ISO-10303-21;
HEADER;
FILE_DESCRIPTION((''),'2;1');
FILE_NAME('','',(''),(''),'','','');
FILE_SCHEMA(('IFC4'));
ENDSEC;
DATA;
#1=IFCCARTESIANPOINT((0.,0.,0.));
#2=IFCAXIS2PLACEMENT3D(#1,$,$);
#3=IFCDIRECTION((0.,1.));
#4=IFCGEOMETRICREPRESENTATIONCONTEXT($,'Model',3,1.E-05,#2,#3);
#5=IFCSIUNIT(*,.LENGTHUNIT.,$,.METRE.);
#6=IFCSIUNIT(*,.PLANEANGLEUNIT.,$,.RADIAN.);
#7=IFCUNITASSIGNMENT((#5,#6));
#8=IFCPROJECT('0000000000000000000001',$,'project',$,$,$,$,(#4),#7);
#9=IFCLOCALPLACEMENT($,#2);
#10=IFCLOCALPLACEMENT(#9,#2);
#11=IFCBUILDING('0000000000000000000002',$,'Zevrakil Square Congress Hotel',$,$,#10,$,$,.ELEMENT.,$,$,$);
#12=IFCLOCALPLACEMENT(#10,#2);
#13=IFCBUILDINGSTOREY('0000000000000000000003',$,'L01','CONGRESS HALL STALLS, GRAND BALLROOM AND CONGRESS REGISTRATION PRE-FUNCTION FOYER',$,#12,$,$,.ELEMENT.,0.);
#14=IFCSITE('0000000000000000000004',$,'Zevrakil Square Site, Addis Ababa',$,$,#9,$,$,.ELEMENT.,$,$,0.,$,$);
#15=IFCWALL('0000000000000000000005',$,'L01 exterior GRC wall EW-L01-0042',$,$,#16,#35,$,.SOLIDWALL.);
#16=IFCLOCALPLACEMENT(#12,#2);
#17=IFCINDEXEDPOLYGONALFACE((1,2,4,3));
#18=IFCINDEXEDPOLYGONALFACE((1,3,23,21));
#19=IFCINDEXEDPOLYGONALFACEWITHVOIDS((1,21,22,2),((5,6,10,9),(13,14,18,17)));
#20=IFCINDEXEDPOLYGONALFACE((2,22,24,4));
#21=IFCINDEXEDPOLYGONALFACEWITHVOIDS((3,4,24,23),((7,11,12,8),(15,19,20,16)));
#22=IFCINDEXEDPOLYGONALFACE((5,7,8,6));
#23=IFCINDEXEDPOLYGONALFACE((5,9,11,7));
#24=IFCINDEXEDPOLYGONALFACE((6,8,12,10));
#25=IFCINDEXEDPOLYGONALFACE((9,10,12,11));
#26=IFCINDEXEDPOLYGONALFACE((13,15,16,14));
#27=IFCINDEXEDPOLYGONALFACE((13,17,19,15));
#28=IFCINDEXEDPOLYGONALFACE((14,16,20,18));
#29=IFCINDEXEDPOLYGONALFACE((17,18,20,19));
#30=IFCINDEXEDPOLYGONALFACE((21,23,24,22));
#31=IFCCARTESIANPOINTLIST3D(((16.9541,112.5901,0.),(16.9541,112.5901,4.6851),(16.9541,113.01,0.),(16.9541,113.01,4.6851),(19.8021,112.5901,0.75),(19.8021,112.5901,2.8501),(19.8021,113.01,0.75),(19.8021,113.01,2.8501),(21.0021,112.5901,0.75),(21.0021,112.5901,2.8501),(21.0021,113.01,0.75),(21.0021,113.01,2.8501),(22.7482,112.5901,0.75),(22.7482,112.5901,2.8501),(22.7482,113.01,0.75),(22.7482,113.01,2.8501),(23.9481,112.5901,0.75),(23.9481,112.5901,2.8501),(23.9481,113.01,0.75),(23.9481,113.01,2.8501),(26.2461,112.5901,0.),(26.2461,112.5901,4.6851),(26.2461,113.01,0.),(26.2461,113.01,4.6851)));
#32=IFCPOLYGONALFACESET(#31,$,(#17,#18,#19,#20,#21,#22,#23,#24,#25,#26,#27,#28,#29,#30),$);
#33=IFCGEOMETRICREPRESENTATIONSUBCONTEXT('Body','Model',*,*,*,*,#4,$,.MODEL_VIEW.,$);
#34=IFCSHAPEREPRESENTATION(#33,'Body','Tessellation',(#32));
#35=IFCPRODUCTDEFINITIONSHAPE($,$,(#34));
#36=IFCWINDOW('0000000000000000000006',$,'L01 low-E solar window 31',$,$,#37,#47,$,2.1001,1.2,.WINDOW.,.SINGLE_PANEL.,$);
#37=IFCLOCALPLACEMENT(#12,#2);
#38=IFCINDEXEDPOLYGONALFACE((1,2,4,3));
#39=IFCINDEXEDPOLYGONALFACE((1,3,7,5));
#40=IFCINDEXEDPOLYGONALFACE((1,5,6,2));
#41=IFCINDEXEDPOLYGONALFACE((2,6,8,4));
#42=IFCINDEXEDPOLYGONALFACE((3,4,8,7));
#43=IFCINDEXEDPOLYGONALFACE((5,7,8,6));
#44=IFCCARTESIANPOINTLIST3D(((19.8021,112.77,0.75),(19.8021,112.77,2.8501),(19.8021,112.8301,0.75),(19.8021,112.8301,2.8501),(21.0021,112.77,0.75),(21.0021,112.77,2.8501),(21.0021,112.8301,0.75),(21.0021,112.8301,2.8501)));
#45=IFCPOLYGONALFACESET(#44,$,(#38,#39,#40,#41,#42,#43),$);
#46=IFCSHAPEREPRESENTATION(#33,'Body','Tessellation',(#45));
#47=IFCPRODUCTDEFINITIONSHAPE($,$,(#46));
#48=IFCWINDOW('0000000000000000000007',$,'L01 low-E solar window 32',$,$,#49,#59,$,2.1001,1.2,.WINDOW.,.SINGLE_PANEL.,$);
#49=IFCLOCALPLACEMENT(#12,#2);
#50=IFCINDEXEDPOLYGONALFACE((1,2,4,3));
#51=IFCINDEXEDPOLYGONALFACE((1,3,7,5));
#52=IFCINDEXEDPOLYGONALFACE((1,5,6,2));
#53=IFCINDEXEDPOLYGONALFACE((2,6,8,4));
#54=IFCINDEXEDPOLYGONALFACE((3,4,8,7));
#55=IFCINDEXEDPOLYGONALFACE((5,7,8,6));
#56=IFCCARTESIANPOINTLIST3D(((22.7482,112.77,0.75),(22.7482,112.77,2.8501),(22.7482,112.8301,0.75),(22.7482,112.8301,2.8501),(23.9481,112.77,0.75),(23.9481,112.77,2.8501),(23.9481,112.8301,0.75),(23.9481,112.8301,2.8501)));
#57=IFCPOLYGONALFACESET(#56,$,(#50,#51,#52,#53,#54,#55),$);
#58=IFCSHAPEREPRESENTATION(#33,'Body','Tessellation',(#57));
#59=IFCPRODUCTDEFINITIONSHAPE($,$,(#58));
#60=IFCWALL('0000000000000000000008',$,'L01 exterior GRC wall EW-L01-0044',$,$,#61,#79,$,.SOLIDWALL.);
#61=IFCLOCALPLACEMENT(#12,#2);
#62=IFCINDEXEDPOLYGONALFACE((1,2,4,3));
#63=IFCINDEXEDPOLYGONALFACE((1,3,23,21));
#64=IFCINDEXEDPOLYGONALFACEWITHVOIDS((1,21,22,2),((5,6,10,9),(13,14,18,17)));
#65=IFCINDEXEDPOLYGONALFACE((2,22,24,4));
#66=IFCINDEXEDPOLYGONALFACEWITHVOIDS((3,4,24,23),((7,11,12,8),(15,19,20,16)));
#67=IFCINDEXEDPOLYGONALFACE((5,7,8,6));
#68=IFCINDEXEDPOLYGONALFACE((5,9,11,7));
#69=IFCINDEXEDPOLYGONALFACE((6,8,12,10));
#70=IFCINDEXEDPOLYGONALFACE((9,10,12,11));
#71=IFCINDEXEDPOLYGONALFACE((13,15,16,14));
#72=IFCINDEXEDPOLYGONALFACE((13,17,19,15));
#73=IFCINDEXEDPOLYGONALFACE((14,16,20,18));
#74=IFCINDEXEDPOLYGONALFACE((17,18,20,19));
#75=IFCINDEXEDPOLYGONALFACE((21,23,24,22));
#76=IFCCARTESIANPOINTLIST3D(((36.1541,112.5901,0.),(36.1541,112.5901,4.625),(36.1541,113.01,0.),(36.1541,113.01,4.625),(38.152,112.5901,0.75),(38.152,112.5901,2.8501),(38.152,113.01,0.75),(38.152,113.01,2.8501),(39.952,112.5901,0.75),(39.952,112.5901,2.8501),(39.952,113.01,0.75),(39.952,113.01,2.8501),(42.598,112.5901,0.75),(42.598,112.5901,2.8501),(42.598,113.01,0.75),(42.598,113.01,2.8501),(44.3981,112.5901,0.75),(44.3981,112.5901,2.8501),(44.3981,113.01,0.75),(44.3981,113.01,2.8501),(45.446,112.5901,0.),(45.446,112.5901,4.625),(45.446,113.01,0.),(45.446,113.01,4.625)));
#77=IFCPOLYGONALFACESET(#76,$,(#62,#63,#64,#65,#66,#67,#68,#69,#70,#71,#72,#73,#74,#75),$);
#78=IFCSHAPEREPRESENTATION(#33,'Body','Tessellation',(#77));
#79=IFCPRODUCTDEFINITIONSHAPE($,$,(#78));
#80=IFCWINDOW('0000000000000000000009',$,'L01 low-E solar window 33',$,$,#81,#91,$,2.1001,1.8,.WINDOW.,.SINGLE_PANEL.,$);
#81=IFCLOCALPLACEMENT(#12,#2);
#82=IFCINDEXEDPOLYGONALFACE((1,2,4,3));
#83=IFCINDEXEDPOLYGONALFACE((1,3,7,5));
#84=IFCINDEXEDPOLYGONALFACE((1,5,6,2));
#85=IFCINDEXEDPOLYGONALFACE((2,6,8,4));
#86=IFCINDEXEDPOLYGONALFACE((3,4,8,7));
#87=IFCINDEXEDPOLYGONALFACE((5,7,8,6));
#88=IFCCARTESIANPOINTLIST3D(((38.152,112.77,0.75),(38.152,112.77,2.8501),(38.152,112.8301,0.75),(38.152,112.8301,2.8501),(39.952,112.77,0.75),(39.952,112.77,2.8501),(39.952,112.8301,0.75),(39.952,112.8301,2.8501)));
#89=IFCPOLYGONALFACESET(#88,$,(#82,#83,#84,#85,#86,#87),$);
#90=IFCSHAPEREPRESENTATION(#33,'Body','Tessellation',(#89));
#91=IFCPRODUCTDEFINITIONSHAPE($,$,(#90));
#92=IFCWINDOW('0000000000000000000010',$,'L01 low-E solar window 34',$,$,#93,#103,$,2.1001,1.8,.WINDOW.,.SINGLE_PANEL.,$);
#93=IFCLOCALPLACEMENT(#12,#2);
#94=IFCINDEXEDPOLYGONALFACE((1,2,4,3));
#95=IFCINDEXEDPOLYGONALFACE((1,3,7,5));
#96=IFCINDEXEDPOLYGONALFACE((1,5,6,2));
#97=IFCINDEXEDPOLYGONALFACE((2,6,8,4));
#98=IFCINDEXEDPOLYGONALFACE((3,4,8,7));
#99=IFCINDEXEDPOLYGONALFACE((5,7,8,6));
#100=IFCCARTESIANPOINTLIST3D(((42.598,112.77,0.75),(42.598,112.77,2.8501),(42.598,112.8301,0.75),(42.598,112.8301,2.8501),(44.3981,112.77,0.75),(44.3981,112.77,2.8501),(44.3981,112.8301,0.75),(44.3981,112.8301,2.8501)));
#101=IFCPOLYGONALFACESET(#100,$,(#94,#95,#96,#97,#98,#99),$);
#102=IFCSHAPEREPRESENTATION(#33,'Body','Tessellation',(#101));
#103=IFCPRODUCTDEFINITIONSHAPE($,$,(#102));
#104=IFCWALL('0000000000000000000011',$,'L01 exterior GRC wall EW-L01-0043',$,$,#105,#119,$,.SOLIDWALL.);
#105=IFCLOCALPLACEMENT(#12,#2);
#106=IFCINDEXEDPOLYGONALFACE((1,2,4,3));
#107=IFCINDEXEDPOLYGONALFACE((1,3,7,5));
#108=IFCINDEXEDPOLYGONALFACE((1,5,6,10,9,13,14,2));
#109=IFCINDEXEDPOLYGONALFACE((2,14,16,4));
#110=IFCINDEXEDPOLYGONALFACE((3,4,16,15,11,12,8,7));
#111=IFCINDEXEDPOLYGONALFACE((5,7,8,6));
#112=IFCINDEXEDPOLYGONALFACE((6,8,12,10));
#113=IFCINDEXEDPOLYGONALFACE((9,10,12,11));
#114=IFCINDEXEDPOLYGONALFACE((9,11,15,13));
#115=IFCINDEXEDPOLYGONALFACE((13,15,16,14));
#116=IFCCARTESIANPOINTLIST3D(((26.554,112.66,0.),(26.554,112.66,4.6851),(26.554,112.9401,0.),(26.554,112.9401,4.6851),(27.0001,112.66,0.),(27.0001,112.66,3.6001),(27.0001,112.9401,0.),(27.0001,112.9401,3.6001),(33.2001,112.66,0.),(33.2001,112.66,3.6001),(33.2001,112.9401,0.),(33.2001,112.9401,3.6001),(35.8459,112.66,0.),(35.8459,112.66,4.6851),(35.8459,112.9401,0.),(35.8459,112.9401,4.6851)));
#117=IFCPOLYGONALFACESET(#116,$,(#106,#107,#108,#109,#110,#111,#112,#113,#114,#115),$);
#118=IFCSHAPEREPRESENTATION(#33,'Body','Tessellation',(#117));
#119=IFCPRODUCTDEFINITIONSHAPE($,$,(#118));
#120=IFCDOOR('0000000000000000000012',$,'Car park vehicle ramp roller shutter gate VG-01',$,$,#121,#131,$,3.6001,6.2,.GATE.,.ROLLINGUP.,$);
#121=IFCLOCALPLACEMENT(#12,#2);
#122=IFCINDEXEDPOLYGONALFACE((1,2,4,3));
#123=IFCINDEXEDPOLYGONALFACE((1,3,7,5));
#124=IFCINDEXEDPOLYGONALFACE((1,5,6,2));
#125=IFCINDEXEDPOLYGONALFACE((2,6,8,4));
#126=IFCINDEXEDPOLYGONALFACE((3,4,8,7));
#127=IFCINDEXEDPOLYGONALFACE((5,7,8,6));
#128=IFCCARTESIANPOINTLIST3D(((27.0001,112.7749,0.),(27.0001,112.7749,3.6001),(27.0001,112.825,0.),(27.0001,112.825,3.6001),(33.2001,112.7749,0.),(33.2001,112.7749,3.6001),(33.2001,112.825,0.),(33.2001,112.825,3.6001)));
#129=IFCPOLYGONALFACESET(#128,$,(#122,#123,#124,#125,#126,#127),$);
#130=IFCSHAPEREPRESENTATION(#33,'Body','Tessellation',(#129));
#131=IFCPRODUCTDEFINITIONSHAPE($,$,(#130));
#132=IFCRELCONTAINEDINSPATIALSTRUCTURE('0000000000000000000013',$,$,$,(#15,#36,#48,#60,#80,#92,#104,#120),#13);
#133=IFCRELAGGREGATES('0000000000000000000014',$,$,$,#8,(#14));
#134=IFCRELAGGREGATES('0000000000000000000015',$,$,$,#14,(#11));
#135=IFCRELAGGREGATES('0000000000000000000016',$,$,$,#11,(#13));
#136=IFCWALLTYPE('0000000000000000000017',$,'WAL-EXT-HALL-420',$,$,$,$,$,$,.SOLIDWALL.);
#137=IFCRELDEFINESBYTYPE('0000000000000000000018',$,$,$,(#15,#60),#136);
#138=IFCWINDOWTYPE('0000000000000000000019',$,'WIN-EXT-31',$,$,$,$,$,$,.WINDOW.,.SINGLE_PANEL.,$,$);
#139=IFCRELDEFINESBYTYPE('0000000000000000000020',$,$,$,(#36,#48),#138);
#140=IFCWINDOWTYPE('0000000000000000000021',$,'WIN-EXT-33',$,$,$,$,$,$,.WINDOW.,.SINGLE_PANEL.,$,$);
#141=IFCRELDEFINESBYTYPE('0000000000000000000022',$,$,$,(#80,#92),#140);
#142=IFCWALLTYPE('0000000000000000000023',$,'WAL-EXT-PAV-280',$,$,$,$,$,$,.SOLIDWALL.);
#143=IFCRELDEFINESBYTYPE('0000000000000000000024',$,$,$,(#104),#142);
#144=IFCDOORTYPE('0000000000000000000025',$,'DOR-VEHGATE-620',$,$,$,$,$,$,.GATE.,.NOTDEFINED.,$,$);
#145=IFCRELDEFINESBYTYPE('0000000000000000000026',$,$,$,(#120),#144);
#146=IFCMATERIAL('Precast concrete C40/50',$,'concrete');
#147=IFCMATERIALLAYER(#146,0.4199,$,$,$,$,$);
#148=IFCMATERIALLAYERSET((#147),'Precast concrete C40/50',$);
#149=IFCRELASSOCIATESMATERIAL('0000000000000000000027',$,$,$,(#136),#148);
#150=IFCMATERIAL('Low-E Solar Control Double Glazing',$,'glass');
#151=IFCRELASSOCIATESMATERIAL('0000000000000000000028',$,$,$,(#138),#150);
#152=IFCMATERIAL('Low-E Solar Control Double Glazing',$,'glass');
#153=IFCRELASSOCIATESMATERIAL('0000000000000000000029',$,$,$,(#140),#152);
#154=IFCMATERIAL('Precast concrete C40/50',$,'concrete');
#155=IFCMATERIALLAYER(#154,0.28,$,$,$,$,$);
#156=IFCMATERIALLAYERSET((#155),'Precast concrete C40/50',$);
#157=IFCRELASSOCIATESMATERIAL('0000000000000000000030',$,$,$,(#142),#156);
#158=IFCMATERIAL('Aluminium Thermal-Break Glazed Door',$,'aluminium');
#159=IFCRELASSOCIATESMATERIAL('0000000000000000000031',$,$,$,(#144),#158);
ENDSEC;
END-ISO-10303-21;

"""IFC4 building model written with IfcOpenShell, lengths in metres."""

from ifc_helpers import new_model, si_unit, direction, frame, frame_2d, origin, place, context, subcontext, project, spatial, rectangle, extrude, material, layer, layer_set, type_object, element, fill, save


model = new_model("IFC4")

# Units and contexts
model_context = context("Model", 3, precision=1e-05, world=origin(), true_north=direction((0.0, 1.0)))
body_context = subcontext(model_context, "Body", "Model", "MODEL_VIEW")
ifc_project = project(units=[si_unit("LENGTHUNIT", "METRE"), si_unit("PLANEANGLEUNIT", "RADIAN")], contexts=[model_context])

# Site, building, storey
site_placement = place(None, origin())
site = spatial("IfcSite", under=ifc_project, at=site_placement, Name="Zevrakil Square Site, Addis Ababa", CompositionType="ELEMENT", RefElevation=0.0)
building_placement = place(site_placement, origin())
building = spatial("IfcBuilding", under=site, at=building_placement, Name="Zevrakil Square Congress Hotel", CompositionType="ELEMENT")
storey_placement = place(building_placement, origin())
storey = spatial("IfcBuildingStorey", under=building, at=storey_placement, Name="L01", Description="CONGRESS HALL STALLS, GRAND BALLROOM AND CONGRESS REGISTRATION PRE-FUNCTION FOYER", CompositionType="ELEMENT", Elevation=0.0)

# Walls, openings, windows
ifc_material_1 = material(Name="Precast concrete C40/50", Category="concrete")
ifc_layer_1 = layer(ifc_material_1, 0.4199)
ifc_layer_set_1 = layer_set([ifc_layer_1], Name="Precast concrete C40/50")
wall_type_1 = type_object("IfcWallType", Name="WAL-EXT-HALL-420", PredefinedType="SOLIDWALL", material=ifc_layer_set_1)
wall_1_placement = place(storey_placement, frame((16.9541, 112.8, 0.0), z_axis=(0.0, 0.0, 1.0), x_axis=(1.0, 0.0, 0.0)))
wall_1 = element("IfcWall", 1, at=wall_1_placement, inside=storey, type_object=wall_type_1, Name="L01 exterior GRC wall EW-L01-0042", PredefinedType="SOLIDWALL", context=body_context, shape_type="SweptSolid", body=[
    extrude(rectangle(XDim=9.292, YDim=0.4199, at=frame_2d((4.646, 0.0))), origin(), (0.0, 0.0, 1.0), 4.6851),
])
opening_1_placement = place(wall_1_placement, frame((2.8479, 0.0, 0.75)))
opening_1 = element("IfcOpeningElement", 2, at=opening_1_placement, cuts=wall_1, PredefinedType="OPENING", context=body_context, shape_type="SweptSolid", body=[
    extrude(rectangle(XDim=1.2, YDim=2.1001, at=frame_2d((0.6001, 1.05))), frame((0.0, 0.22, 0.0), z_axis=(0.0, -1.0, 0.0), x_axis=(1.0, 0.0, 0.0)), (0.0, 0.0, 1.0), 0.4399),
])
opening_2_placement = place(wall_1_placement, frame((5.7939, 0.0, 0.75)))
opening_2 = element("IfcOpeningElement", 3, at=opening_2_placement, cuts=wall_1, PredefinedType="OPENING", context=body_context, shape_type="SweptSolid", body=[
    extrude(rectangle(XDim=1.2, YDim=2.1001, at=frame_2d((0.6001, 1.05))), frame((0.0, 0.22, 0.0), z_axis=(0.0, -1.0, 0.0), x_axis=(1.0, 0.0, 0.0)), (0.0, 0.0, 1.0), 0.4399),
])
ifc_material_2 = material(Name="Low-E Solar Control Double Glazing", Category="glass")
window_type_1 = type_object("IfcWindowType", Name="WIN-EXT-31", PartitioningType="SINGLE_PANEL", PredefinedType="WINDOW", material=ifc_material_2)
window_1_placement = place(opening_1_placement, origin())
window_1 = element("IfcWindow", 4, at=window_1_placement, inside=storey, type_object=window_type_1, Name="L01 low-E solar window 31", OverallHeight=2.1001, OverallWidth=1.2, PartitioningType="SINGLE_PANEL", PredefinedType="WINDOW", context=body_context, shape_type="SweptSolid", body=[
    extrude(rectangle(XDim=1.2, YDim=2.1001, at=frame_2d((0.6001, 1.05))), frame((0.0, 0.03, 0.0), z_axis=(0.0, -1.0, 0.0), x_axis=(1.0, 0.0, 0.0)), (0.0, 0.0, 1.0), 0.0601),
])
fill(opening_1, window_1)
window_2_placement = place(opening_2_placement, origin())
window_2 = element("IfcWindow", 5, at=window_2_placement, inside=storey, type_object=window_type_1, Name="L01 low-E solar window 32", OverallHeight=2.1001, OverallWidth=1.2, PartitioningType="SINGLE_PANEL", PredefinedType="WINDOW", context=body_context, shape_type="SweptSolid", body=[
    extrude(rectangle(XDim=1.2, YDim=2.1001, at=frame_2d((0.6001, 1.05))), frame((0.0, 0.03, 0.0), z_axis=(0.0, -1.0, 0.0), x_axis=(1.0, 0.0, 0.0)), (0.0, 0.0, 1.0), 0.0601),
])
fill(opening_2, window_2)
wall_2_placement = place(storey_placement, frame((36.1541, 112.8, 0.0), z_axis=(0.0, 0.0, 1.0), x_axis=(1.0, 0.0, 0.0)))
wall_2 = element("IfcWall", 6, at=wall_2_placement, inside=storey, type_object=wall_type_1, Name="L01 exterior GRC wall EW-L01-0044", PredefinedType="SOLIDWALL", context=body_context, shape_type="SweptSolid", body=[
    extrude(rectangle(XDim=9.292, YDim=0.4199, at=frame_2d((4.646, 0.0))), origin(), (0.0, 0.0, 1.0), 4.625),
])
opening_3_placement = place(wall_2_placement, frame((1.998, 0.0, 0.75)))
opening_3 = element("IfcOpeningElement", 7, at=opening_3_placement, cuts=wall_2, PredefinedType="OPENING", context=body_context, shape_type="SweptSolid", body=[
    extrude(rectangle(XDim=1.8, YDim=2.1001, at=frame_2d((0.8999, 1.05))), frame((0.0, 0.22, 0.0), z_axis=(0.0, -1.0, 0.0), x_axis=(1.0, 0.0, 0.0)), (0.0, 0.0, 1.0), 0.4399),
])
opening_4_placement = place(wall_2_placement, frame((6.4441, 0.0, 0.75)))
opening_4 = element("IfcOpeningElement", 8, at=opening_4_placement, cuts=wall_2, PredefinedType="OPENING", context=body_context, shape_type="SweptSolid", body=[
    extrude(rectangle(XDim=1.8, YDim=2.1001, at=frame_2d((0.8999, 1.05))), frame((0.0, 0.22, 0.0), z_axis=(0.0, -1.0, 0.0), x_axis=(1.0, 0.0, 0.0)), (0.0, 0.0, 1.0), 0.4399),
])
ifc_material_3 = material(Name="Low-E Solar Control Double Glazing", Category="glass")
window_type_2 = type_object("IfcWindowType", Name="WIN-EXT-33", PartitioningType="SINGLE_PANEL", PredefinedType="WINDOW", material=ifc_material_3)
window_3_placement = place(opening_3_placement, origin())
window_3 = element("IfcWindow", 9, at=window_3_placement, inside=storey, type_object=window_type_2, Name="L01 low-E solar window 33", OverallHeight=2.1001, OverallWidth=1.8, PartitioningType="SINGLE_PANEL", PredefinedType="WINDOW", context=body_context, shape_type="SweptSolid", body=[
    extrude(rectangle(XDim=1.8, YDim=2.1001, at=frame_2d((0.8999, 1.05))), frame((0.0, 0.03, 0.0), z_axis=(0.0, -1.0, 0.0), x_axis=(1.0, 0.0, 0.0)), (0.0, 0.0, 1.0), 0.0601),
])
fill(opening_3, window_3)
window_4_placement = place(opening_4_placement, origin())
window_4 = element("IfcWindow", 10, at=window_4_placement, inside=storey, type_object=window_type_2, Name="L01 low-E solar window 34", OverallHeight=2.1001, OverallWidth=1.8, PartitioningType="SINGLE_PANEL", PredefinedType="WINDOW", context=body_context, shape_type="SweptSolid", body=[
    extrude(rectangle(XDim=1.8, YDim=2.1001, at=frame_2d((0.8999, 1.05))), frame((0.0, 0.03, 0.0), z_axis=(0.0, -1.0, 0.0), x_axis=(1.0, 0.0, 0.0)), (0.0, 0.0, 1.0), 0.0601),
])
fill(opening_4, window_4)

# Wall, opening, door
ifc_material_4 = material(Name="Precast concrete C40/50", Category="concrete")
ifc_layer_2 = layer(ifc_material_4, 0.28)
ifc_layer_set_2 = layer_set([ifc_layer_2], Name="Precast concrete C40/50")
wall_type_2 = type_object("IfcWallType", Name="WAL-EXT-PAV-280", PredefinedType="SOLIDWALL", material=ifc_layer_set_2)
wall_3_placement = place(storey_placement, frame((26.554, 112.8, 0.0), z_axis=(0.0, 0.0, 1.0), x_axis=(1.0, 0.0, 0.0)))
wall_3 = element("IfcWall", 11, at=wall_3_placement, inside=storey, type_object=wall_type_2, Name="L01 exterior GRC wall EW-L01-0043", PredefinedType="SOLIDWALL", context=body_context, shape_type="SweptSolid", body=[
    extrude(rectangle(XDim=9.292, YDim=0.28, at=frame_2d((4.646, 0.0))), origin(), (0.0, 0.0, 1.0), 4.6851),
])
opening_5_placement = place(wall_3_placement, frame((0.446, 0.0, 0.0)))
opening_5 = element("IfcOpeningElement", 12, at=opening_5_placement, cuts=wall_3, PredefinedType="OPENING", context=body_context, shape_type="SweptSolid", body=[
    extrude(rectangle(XDim=6.2, YDim=3.6001, at=frame_2d((3.1001, 1.8))), frame((0.0, 0.1499, 0.0), z_axis=(0.0, -1.0, 0.0), x_axis=(1.0, 0.0, 0.0)), (0.0, 0.0, 1.0), 0.3),
])
ifc_material_5 = material(Name="Aluminium Thermal-Break Glazed Door", Category="aluminium")
door_type_1 = type_object("IfcDoorType", Name="DOR-VEHGATE-620", OperationType="NOTDEFINED", PredefinedType="GATE", material=ifc_material_5)
door_1_placement = place(opening_5_placement, origin())
door_1 = element("IfcDoor", 13, at=door_1_placement, inside=storey, type_object=door_type_1, Name="Car park vehicle ramp roller shutter gate VG-01", OperationType="ROLLINGUP", OverallHeight=3.6001, OverallWidth=6.2, PredefinedType="GATE", context=body_context, shape_type="SweptSolid", body=[
    extrude(rectangle(XDim=6.2, YDim=3.6001, at=frame_2d((3.1001, 1.8))), frame((0.0, 0.0249, 0.0), z_axis=(0.0, -1.0, 0.0), x_axis=(1.0, 0.0, 0.0)), (0.0, 0.0, 1.0), 0.05),
])
fill(opening_5, door_1)

save(model, "model.ifc")
